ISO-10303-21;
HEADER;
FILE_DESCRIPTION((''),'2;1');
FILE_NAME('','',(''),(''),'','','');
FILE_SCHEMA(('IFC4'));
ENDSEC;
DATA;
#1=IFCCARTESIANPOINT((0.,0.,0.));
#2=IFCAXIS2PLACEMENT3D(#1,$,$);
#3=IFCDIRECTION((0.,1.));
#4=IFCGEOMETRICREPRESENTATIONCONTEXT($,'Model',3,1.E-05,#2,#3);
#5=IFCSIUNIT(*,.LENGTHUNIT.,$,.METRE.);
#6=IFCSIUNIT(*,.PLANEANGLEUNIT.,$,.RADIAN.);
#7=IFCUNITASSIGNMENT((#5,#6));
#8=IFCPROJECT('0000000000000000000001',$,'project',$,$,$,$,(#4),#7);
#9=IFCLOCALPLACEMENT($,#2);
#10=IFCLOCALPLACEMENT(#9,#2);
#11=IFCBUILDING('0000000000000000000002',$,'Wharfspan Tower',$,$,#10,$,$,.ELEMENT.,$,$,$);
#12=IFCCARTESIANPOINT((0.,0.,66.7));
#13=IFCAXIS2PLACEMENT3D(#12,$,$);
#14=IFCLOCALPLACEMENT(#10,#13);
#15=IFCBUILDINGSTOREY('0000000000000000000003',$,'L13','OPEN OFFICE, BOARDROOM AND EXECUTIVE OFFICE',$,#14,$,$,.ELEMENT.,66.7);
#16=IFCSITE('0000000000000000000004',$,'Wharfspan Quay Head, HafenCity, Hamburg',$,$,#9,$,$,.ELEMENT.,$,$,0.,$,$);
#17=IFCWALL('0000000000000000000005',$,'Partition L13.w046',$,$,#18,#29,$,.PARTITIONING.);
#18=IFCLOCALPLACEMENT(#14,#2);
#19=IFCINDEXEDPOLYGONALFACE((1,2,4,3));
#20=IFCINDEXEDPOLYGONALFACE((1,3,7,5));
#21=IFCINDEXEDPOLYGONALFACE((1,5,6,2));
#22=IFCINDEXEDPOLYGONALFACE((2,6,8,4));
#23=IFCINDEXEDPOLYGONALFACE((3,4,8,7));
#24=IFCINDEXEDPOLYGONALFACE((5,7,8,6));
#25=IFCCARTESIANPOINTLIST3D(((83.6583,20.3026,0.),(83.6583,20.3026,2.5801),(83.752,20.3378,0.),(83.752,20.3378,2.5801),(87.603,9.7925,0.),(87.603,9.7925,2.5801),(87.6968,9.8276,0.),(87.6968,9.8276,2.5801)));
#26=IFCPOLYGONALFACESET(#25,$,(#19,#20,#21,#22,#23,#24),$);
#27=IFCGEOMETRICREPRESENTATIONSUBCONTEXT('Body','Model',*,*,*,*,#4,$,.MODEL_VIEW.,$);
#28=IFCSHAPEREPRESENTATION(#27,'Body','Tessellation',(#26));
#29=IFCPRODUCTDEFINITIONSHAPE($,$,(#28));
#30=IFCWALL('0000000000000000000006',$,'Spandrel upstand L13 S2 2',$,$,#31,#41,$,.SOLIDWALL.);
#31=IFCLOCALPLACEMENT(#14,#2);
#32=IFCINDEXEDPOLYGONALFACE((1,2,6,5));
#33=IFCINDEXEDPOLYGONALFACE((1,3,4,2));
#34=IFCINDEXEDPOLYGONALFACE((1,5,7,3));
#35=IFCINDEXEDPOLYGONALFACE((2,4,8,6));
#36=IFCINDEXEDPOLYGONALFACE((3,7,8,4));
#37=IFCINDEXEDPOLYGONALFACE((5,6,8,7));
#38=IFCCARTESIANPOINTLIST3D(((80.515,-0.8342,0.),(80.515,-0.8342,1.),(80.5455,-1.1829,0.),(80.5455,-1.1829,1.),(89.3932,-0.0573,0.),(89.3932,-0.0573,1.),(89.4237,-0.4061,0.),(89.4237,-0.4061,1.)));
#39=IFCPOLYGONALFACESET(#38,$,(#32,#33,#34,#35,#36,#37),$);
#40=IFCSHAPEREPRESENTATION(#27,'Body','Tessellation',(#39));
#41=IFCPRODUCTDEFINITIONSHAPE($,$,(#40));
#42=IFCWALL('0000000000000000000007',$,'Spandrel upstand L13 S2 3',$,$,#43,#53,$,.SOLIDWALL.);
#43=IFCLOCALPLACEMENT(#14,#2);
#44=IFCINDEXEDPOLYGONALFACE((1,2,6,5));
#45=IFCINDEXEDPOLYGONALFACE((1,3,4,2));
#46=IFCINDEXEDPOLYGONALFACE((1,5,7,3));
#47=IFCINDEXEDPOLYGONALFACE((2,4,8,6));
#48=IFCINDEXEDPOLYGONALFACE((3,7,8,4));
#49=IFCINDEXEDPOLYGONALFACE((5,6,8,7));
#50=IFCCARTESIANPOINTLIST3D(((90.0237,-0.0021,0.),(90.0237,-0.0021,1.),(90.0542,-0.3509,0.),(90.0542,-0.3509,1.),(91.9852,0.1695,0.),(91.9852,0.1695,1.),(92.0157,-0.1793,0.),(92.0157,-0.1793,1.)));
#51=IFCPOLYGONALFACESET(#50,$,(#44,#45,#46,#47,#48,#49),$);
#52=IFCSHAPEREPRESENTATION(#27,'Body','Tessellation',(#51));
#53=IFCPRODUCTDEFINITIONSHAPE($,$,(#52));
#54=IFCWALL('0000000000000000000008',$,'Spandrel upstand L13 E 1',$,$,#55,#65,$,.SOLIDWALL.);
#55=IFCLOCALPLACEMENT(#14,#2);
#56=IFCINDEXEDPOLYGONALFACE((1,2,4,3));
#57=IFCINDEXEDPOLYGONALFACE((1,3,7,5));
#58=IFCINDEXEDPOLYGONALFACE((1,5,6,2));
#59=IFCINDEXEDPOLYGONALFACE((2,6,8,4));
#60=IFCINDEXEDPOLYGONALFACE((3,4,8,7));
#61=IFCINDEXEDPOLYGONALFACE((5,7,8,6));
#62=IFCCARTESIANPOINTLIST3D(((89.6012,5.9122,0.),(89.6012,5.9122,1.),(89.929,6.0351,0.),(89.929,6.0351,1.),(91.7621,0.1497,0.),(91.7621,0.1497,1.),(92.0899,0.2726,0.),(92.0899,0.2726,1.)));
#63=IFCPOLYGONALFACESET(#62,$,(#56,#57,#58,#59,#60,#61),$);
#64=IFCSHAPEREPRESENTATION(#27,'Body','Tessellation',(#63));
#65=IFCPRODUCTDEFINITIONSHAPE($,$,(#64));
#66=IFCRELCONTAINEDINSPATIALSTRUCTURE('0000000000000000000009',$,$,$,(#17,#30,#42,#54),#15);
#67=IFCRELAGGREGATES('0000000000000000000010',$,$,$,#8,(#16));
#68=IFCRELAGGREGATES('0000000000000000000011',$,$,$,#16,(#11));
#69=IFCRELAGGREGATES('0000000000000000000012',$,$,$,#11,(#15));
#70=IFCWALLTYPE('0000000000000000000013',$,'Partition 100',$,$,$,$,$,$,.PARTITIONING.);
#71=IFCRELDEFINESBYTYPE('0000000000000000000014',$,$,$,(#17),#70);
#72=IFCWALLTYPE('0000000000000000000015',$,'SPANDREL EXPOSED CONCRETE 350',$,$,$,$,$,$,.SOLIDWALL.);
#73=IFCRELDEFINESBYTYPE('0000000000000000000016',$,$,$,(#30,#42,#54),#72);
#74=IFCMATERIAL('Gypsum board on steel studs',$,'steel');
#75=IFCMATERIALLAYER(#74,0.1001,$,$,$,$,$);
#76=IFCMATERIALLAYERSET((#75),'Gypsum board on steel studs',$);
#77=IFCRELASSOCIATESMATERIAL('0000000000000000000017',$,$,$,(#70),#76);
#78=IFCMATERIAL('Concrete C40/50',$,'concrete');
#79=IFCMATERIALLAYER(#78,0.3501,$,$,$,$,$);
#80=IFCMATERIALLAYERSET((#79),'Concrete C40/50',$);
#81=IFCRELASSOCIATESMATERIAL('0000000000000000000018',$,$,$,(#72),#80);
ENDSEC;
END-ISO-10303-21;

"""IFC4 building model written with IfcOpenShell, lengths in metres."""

from ifc_helpers import new_model, si_unit, direction, frame, frame_2d, origin, place, context, subcontext, project, spatial, rectangle, extrude, material, layer, layer_set, type_object, element, save


model = new_model("IFC4")

# Units and contexts
model_context = context("Model", 3, precision=1e-05, world=origin(), true_north=direction((0.0, 1.0)))
body_context = subcontext(model_context, "Body", "Model", "MODEL_VIEW")
ifc_project = project(units=[si_unit("LENGTHUNIT", "METRE"), si_unit("PLANEANGLEUNIT", "RADIAN")], contexts=[model_context])

# Site, building, storey
site_placement = place(None, origin())
site = spatial("IfcSite", under=ifc_project, at=site_placement, Name="Wharfspan Quay Head, HafenCity, Hamburg", CompositionType="ELEMENT", RefElevation=0.0)
building_placement = place(site_placement, origin())
building = spatial("IfcBuilding", under=site, at=building_placement, Name="Wharfspan Tower", CompositionType="ELEMENT")
storey_placement = place(building_placement, frame((0.0, 0.0, 66.7)))
storey = spatial("IfcBuildingStorey", under=building, at=storey_placement, Name="L13", Description="OPEN OFFICE, BOARDROOM AND EXECUTIVE OFFICE", CompositionType="ELEMENT", Elevation=66.7)

# Walls
ifc_material_1 = material(Name="Gypsum board on steel studs", Category="steel")
ifc_layer_1 = layer(ifc_material_1, 0.1001)
ifc_layer_set_1 = layer_set([ifc_layer_1], Name="Gypsum board on steel studs")
wall_type_1 = type_object("IfcWallType", Name="Partition 100", PredefinedType="PARTITIONING", material=ifc_layer_set_1)
wall_1_placement = place(storey_placement, frame((87.6499, 9.8101, 0.0), z_axis=(0.0, 0.0, 1.0), x_axis=(-0.351395, 0.936227, 0.0)))
element("IfcWall", 1, at=wall_1_placement, inside=storey, type_object=wall_type_1, Name="Partition L13.w046", PredefinedType="PARTITIONING", context=body_context, shape_type="SweptSolid", body=[
    extrude(rectangle(XDim=11.2261, YDim=0.1001, at=frame_2d((5.613, 0.0))), origin(), (0.0, 0.0, 1.0), 2.5801),
])
ifc_material_2 = material(Name="Concrete C40/50", Category="concrete")
ifc_layer_2 = layer(ifc_material_2, 0.3501)
ifc_layer_set_2 = layer_set([ifc_layer_2], Name="Concrete C40/50")
wall_type_2 = type_object("IfcWallType", Name="SPANDREL EXPOSED CONCRETE 350", PredefinedType="SOLIDWALL", material=ifc_layer_set_2)
wall_2_placement = place(storey_placement, frame((80.5303, -1.0085, 0.0), z_axis=(0.0, 0.0, 1.0), x_axis=(0.996198, 0.087169, 0.0)))
element("IfcWall", 2, at=wall_2_placement, inside=storey, type_object=wall_type_2, Name="Spandrel upstand L13 S2 2", PredefinedType="SOLIDWALL", context=body_context, shape_type="SweptSolid", body=[
    extrude(rectangle(XDim=8.9121, YDim=0.3501, at=frame_2d((4.4561, 0.0))), origin(), (0.0, 0.0, 1.0), 1.0),
])
wall_3_placement = place(storey_placement, frame((90.0391, -0.1765, 0.0), z_axis=(0.0, 0.0, 1.0), x_axis=(0.996193, 0.08717, 0.0)))
element("IfcWall", 3, at=wall_3_placement, inside=storey, type_object=wall_type_2, Name="Spandrel upstand L13 S2 3", PredefinedType="SOLIDWALL", context=body_context, shape_type="SweptSolid", body=[
    extrude(rectangle(XDim=1.969, YDim=0.3501, at=frame_2d((0.9844, 0.0))), origin(), (0.0, 0.0, 1.0), 1.0),
])
wall_4_placement = place(storey_placement, frame((91.926, 0.2112, 0.0), z_axis=(0.0, 0.0, 1.0), x_axis=(-0.351118, 0.936328, 0.0)))
element("IfcWall", 4, at=wall_4_placement, inside=storey, type_object=wall_type_2, Name="Spandrel upstand L13 E 1", PredefinedType="SOLIDWALL", context=body_context, shape_type="SweptSolid", body=[
    extrude(rectangle(XDim=6.1543, YDim=0.3501, at=frame_2d((3.0771, 0.0))), origin(), (0.0, 0.0, 1.0), 1.0),
])

save(model, "model.ifc")
